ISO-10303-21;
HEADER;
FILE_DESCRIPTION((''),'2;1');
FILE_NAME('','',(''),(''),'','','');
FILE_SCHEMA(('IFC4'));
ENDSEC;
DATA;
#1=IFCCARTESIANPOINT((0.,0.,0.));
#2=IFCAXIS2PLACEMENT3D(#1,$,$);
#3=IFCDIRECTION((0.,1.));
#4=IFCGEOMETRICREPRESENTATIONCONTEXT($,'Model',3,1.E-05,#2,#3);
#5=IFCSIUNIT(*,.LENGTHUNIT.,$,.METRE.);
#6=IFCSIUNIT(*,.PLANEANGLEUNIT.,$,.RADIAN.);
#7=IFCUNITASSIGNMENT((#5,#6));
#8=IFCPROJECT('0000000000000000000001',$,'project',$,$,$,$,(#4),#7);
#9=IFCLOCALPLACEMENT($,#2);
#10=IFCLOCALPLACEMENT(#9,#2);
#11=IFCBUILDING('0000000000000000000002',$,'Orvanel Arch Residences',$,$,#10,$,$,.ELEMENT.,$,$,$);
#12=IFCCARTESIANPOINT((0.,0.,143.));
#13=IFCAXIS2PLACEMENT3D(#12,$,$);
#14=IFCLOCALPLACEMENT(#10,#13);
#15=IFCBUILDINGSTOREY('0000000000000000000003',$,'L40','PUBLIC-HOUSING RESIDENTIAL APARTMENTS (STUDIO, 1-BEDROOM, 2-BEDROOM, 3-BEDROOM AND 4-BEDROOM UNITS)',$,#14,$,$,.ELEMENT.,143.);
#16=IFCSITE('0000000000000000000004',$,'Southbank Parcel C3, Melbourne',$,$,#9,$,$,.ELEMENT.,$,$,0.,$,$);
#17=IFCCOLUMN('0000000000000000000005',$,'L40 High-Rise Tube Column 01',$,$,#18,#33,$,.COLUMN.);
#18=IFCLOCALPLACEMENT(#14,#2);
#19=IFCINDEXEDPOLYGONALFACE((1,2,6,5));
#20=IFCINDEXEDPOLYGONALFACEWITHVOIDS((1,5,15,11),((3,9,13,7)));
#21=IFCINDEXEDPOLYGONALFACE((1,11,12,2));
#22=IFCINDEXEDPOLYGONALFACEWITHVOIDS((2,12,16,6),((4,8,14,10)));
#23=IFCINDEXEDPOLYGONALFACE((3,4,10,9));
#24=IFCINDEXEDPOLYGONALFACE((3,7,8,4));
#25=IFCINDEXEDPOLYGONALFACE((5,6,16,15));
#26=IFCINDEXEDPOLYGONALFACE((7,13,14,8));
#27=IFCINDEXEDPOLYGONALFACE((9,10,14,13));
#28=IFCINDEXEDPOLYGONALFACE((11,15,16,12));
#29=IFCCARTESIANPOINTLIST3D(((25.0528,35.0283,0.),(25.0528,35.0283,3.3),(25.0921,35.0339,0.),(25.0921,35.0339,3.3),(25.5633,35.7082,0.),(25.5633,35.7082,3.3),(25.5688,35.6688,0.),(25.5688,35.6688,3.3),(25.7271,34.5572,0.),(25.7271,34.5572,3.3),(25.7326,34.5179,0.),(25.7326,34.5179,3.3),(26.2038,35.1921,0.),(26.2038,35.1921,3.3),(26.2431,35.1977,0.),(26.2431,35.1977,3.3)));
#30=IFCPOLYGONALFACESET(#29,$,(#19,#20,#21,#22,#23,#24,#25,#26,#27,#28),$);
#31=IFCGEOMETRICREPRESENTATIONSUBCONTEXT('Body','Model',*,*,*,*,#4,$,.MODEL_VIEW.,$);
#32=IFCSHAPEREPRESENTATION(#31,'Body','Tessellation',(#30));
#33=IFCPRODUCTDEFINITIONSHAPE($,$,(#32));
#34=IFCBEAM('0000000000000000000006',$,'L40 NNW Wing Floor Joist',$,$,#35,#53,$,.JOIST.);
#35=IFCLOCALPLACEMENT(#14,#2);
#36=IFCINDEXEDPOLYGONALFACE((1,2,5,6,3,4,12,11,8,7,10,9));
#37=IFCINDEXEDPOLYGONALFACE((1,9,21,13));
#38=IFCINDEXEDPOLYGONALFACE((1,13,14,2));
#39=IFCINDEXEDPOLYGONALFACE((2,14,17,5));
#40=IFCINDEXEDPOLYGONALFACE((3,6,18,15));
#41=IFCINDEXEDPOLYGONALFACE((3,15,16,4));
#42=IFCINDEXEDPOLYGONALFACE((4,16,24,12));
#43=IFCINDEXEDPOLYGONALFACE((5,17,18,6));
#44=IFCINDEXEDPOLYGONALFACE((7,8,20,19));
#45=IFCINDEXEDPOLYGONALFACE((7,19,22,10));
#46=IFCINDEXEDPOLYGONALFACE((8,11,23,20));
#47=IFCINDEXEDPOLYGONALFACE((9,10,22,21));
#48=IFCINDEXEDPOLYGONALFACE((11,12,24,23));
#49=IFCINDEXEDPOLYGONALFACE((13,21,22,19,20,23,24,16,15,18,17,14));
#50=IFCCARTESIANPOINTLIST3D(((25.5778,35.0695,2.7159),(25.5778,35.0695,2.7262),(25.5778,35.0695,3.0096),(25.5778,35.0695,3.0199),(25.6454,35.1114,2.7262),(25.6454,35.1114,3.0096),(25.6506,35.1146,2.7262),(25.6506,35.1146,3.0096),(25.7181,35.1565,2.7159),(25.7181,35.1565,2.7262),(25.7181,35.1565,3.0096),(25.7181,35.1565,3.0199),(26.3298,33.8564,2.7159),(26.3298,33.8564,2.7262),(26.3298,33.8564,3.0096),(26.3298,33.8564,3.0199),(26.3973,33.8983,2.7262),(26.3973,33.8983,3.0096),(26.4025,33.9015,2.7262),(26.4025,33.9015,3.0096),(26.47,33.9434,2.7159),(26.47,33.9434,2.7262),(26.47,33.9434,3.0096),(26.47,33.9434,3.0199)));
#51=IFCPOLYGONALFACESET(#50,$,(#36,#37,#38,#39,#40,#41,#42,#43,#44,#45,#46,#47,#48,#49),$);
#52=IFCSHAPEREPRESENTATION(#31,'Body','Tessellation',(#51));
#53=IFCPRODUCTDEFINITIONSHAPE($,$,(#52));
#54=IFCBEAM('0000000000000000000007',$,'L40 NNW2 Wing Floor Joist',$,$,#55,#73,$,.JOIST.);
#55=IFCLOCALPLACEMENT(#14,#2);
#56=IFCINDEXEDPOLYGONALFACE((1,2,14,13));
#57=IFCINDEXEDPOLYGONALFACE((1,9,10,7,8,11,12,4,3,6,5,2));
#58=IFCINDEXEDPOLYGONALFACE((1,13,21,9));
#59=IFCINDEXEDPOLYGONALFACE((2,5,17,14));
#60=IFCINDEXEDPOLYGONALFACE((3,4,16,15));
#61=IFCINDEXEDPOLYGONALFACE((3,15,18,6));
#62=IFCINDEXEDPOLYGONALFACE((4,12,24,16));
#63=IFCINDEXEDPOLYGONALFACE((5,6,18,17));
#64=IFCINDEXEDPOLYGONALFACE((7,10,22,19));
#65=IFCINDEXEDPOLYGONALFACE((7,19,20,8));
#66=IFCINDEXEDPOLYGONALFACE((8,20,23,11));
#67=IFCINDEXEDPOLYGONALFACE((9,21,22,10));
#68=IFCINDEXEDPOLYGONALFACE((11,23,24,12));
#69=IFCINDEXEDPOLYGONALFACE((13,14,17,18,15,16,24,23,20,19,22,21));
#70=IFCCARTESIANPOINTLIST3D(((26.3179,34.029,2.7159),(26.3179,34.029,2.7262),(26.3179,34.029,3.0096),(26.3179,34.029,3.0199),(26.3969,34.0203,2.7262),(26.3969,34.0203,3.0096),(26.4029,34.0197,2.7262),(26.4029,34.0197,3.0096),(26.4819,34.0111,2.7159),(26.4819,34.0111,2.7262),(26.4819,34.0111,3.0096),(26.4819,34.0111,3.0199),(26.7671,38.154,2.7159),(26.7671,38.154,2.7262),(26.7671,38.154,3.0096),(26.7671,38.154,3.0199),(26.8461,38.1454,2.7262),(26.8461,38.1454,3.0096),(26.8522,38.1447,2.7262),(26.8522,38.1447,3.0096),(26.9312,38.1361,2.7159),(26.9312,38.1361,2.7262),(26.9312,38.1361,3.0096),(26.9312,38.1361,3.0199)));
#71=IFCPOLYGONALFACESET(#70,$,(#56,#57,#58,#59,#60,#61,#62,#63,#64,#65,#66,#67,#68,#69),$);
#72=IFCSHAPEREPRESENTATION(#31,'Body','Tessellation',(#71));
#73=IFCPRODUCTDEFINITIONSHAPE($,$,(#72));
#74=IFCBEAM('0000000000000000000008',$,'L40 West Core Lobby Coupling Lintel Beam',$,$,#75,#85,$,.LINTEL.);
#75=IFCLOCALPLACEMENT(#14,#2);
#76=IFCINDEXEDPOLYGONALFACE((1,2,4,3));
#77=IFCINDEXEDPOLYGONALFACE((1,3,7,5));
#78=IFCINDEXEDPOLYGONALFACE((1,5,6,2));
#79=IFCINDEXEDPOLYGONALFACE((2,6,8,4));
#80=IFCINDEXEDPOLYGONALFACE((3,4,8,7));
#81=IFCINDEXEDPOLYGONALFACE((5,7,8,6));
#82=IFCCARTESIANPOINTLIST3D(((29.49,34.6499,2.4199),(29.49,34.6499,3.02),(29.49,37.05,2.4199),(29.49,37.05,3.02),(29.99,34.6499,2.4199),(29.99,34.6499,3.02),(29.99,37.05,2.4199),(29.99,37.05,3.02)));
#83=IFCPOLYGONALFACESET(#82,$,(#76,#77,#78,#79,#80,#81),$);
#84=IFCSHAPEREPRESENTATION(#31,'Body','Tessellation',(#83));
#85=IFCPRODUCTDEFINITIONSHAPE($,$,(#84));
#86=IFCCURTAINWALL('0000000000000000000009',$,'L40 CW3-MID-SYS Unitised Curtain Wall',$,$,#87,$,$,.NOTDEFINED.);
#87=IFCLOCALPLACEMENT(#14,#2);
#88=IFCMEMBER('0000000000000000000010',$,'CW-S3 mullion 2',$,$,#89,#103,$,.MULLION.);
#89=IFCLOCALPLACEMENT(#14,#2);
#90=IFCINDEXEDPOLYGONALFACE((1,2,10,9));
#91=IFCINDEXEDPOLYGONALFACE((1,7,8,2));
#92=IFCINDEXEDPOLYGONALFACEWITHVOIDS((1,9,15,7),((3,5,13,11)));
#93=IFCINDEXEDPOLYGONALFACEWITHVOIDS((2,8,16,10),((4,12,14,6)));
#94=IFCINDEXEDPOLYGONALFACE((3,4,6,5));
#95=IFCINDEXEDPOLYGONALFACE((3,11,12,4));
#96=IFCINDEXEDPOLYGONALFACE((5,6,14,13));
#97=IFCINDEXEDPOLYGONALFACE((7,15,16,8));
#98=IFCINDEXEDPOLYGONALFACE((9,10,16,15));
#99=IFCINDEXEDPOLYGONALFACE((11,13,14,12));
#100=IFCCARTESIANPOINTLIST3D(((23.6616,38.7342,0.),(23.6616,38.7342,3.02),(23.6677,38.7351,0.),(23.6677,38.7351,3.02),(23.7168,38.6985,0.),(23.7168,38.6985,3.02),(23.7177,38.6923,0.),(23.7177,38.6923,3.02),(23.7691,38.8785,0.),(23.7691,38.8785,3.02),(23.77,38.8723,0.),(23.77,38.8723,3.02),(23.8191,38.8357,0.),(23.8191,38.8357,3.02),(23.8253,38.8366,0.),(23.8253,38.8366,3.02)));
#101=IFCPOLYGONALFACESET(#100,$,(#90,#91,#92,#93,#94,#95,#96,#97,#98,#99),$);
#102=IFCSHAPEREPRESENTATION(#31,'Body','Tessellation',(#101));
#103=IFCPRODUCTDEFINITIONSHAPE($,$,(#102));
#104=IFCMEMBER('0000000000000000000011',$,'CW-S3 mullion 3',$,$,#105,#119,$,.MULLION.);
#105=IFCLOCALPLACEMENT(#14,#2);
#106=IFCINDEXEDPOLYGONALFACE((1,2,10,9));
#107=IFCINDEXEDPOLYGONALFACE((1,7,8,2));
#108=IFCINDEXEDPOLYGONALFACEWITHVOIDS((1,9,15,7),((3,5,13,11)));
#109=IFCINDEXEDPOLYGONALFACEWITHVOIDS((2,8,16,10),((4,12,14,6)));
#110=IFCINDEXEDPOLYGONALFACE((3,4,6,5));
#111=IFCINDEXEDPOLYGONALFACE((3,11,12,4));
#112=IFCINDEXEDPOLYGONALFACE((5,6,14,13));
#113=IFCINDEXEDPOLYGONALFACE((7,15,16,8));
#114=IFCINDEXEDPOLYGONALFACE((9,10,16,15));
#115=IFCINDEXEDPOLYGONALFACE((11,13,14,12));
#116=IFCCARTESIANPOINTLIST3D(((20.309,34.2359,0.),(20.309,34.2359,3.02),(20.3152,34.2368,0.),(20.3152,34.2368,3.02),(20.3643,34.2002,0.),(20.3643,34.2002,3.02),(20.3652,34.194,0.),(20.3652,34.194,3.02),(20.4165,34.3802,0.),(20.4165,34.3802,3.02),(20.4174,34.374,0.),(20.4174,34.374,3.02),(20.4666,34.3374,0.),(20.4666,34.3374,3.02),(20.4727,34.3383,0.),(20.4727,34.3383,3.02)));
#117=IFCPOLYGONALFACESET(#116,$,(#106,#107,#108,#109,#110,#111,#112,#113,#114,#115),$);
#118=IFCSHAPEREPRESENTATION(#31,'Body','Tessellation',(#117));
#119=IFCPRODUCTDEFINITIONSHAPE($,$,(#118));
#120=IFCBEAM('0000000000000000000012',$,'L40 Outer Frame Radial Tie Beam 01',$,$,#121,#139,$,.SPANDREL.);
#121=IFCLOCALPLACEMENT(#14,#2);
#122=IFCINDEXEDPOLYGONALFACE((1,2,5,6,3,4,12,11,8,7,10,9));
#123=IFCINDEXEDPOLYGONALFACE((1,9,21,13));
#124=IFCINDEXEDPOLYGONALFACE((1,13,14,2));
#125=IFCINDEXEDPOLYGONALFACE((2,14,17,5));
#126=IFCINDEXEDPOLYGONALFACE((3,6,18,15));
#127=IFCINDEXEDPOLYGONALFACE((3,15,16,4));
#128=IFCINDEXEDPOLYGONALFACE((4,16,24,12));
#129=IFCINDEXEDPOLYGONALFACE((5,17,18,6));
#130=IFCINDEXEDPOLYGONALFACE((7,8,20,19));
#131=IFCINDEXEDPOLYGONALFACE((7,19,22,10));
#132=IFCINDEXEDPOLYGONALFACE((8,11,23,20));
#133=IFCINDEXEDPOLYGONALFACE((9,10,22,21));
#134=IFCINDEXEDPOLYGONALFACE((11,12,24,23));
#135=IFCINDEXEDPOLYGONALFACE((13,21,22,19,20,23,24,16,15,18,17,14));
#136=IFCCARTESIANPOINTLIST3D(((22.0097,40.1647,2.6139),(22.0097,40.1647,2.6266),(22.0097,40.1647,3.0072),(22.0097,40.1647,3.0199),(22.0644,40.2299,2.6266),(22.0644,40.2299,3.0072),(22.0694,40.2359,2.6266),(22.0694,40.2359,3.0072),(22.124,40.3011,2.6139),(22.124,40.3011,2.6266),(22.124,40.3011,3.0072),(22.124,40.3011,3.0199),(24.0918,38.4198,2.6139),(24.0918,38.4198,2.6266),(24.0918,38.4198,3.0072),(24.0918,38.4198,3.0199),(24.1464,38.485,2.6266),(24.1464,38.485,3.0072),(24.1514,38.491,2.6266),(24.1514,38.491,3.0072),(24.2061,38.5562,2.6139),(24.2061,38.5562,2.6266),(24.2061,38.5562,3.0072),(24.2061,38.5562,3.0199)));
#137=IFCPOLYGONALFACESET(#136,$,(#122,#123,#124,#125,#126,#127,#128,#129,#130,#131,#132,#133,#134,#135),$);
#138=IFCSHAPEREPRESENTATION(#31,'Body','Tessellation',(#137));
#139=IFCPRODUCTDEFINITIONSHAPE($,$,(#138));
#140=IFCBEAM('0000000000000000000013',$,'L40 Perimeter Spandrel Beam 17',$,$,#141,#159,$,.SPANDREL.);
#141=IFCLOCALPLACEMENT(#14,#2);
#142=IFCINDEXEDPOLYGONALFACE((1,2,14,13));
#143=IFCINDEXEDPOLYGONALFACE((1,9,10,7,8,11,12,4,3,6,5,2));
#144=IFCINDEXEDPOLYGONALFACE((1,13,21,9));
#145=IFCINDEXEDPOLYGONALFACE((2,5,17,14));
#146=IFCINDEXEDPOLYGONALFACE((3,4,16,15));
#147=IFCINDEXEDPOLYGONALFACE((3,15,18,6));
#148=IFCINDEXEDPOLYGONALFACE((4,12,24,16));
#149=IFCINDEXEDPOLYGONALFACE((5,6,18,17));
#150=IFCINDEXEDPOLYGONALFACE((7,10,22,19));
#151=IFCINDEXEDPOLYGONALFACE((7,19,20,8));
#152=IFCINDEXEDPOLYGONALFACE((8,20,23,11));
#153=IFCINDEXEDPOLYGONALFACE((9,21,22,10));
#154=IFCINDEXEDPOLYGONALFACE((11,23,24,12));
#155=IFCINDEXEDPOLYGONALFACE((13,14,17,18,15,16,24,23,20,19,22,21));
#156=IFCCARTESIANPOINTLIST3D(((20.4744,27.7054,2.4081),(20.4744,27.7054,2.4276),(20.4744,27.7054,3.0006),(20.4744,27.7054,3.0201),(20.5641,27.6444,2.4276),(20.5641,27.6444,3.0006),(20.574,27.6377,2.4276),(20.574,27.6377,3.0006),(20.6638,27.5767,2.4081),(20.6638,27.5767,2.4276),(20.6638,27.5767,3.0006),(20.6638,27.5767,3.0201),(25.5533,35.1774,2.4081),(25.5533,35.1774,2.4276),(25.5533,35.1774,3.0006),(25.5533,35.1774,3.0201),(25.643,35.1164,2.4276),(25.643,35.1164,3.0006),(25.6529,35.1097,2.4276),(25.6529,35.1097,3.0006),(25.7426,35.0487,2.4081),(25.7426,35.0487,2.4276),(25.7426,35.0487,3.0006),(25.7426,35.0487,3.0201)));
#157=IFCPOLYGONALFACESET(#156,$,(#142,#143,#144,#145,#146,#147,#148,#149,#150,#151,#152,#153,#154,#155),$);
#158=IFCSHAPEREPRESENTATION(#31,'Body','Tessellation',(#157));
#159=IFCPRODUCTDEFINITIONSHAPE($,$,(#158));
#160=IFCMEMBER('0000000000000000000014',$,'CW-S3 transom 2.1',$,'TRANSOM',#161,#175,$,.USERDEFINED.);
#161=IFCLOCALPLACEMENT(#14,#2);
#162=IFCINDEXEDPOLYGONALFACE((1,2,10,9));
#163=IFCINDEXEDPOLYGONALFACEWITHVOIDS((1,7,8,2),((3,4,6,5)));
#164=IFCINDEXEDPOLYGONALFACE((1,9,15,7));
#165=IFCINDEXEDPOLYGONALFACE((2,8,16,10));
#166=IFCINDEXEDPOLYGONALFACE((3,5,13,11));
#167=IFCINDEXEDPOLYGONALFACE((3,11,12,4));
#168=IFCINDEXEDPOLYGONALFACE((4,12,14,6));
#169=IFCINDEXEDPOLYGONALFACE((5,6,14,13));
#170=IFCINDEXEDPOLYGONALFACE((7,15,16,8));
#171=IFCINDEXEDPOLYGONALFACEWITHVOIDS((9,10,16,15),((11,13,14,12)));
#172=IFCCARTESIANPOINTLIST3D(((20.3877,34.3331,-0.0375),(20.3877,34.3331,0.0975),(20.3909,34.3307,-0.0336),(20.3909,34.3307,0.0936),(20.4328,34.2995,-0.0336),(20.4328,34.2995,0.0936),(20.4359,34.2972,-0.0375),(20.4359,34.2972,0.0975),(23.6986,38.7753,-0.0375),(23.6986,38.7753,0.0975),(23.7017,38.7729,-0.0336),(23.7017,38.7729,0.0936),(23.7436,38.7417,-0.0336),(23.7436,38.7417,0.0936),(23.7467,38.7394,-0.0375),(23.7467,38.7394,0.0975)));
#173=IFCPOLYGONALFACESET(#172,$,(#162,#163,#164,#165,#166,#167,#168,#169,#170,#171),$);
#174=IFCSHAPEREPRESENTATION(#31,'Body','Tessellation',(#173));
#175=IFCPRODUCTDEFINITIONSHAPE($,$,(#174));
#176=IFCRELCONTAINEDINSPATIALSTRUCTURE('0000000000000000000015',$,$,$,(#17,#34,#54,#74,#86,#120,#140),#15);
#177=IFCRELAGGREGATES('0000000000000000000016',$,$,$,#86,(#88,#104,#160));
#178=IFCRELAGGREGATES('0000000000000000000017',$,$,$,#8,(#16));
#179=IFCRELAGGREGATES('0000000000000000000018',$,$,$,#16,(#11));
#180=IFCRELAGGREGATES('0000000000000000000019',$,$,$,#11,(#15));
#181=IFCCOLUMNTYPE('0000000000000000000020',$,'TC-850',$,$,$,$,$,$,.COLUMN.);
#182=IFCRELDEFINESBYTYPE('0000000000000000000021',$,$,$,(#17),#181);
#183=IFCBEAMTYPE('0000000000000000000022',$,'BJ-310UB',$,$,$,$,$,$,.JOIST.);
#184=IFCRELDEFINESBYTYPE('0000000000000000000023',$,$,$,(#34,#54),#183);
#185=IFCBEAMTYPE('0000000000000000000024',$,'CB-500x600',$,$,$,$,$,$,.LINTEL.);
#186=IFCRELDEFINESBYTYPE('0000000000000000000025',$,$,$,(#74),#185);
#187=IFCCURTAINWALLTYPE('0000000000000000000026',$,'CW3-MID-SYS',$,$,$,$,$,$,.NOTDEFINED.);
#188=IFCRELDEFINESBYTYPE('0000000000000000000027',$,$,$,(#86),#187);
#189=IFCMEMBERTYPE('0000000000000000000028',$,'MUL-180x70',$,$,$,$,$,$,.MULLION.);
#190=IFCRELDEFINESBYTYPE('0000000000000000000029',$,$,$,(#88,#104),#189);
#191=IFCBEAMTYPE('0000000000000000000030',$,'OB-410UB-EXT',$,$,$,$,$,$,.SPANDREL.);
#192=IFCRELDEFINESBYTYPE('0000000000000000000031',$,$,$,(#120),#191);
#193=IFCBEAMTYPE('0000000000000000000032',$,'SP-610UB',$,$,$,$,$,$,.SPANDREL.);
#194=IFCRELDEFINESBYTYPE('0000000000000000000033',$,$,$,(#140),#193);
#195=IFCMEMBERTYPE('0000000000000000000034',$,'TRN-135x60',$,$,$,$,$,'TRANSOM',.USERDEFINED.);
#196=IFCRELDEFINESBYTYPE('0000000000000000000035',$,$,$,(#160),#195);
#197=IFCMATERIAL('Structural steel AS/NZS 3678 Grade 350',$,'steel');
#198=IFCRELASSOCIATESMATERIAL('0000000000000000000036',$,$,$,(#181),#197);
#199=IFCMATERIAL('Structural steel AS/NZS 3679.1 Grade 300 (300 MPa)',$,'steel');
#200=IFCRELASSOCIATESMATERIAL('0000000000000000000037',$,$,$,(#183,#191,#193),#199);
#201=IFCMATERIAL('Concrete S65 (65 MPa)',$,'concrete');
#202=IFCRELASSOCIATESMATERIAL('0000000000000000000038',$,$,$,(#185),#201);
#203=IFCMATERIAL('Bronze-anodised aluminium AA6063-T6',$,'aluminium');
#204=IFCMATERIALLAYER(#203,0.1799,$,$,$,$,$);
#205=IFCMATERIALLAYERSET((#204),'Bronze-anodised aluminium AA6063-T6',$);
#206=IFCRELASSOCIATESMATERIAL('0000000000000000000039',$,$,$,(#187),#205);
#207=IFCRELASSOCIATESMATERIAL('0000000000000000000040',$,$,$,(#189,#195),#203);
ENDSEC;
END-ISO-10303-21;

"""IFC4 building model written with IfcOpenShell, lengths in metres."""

from ifc_helpers import new_model, si_unit, direction, frame, origin, origin_2d, place, context, subcontext, project, spatial, rectangle, hollow_rectangle, i_section, extrude, material, layer, layer_set, material_profile, profile_set, type_object, element, aggregate, save


model = new_model("IFC4")

# Units and contexts
model_context = context("Model", 3, precision=1e-05, world=origin(), true_north=direction((0.0, 1.0)))
body_context = subcontext(model_context, "Body", "Model", "MODEL_VIEW")
ifc_project = project(units=[si_unit("LENGTHUNIT", "METRE"), si_unit("PLANEANGLEUNIT", "RADIAN")], contexts=[model_context])

# Site, building, storey
site_placement = place(None, origin())
site = spatial("IfcSite", under=ifc_project, at=site_placement, Name="Southbank Parcel C3, Melbourne", CompositionType="ELEMENT", RefElevation=0.0)
building_placement = place(site_placement, origin())
building = spatial("IfcBuilding", under=site, at=building_placement, Name="Orvanel Arch Residences", CompositionType="ELEMENT")
storey_placement = place(building_placement, frame((0.0, 0.0, 143.0)))
storey = spatial("IfcBuildingStorey", under=building, at=storey_placement, Name="L40", Description="PUBLIC-HOUSING RESIDENTIAL APARTMENTS (STUDIO, 1-BEDROOM, 2-BEDROOM, 3-BEDROOM AND 4-BEDROOM UNITS)", CompositionType="ELEMENT", Elevation=143.0)

# Column
ifc_material_1 = material(Name="Structural steel AS/NZS 3678 Grade 350", Category="steel")
ifc_material_profile_1 = material_profile(ifc_material_1, hollow_rectangle(XDim=0.8501, YDim=0.8501, WallThickness=0.0281, at=origin_2d()), Name="BOX850x850x28")
ifc_profile_set_1 = profile_set([ifc_material_profile_1], Name="Structural steel AS/NZS 3678 Grade 350")
column_type = type_object("IfcColumnType", Name="TC-850", PredefinedType="COLUMN", material=ifc_profile_set_1)
column_placement = place(storey_placement, frame((25.6479, 35.113, 0.0), z_axis=(0.0, 0.0, 1.0), x_axis=(0.60042, 0.799685, 0.0)))
element("IfcColumn", 1, at=column_placement, inside=storey, type_object=column_type, Name="L40 High-Rise Tube Column 01", PredefinedType="COLUMN", context=body_context, shape_type="SweptSolid", body=[
    extrude(hollow_rectangle(XDim=0.8501, YDim=0.8501, WallThickness=0.0281, at=origin_2d()), origin(), (0.0, 0.0, 1.0), 3.3),
])

# Beams
ifc_material_2 = material(Name="Structural steel AS/NZS 3679.1 Grade 300 (300 MPa)", Category="steel")
ifc_material_profile_2 = material_profile(ifc_material_2, i_section(OverallWidth=0.165, OverallDepth=0.304, WebThickness=0.0061, FlangeThickness=0.0103, at=origin_2d()), Name="310UB40.4")
ifc_profile_set_2 = profile_set([ifc_material_profile_2], Name="Structural steel AS/NZS 3679.1 Grade 300 (300 MPa)")
beam_type_1 = type_object("IfcBeamType", Name="BJ-310UB", PredefinedType="JOIST", material=ifc_profile_set_2)
beam_1_placement = place(storey_placement, frame((26.3999, 33.8999, 2.8679), z_axis=(-0.526843, 0.849962, 0.0), x_axis=(-0.849962, -0.526843, 0.0)))
element("IfcBeam", 2, at=beam_1_placement, inside=storey, type_object=beam_type_1, Name="L40 NNW Wing Floor Joist", PredefinedType="JOIST", context=body_context, shape_type="SweptSolid", body=[
    extrude(i_section(OverallWidth=0.165, OverallDepth=0.304, WebThickness=0.0061, FlangeThickness=0.0103, at=origin_2d()), origin(), (0.0, 0.0, 1.0), 1.4272),
])
beam_2_placement = place(storey_placement, frame((26.3999, 34.02, 2.8679), z_axis=(0.108261, 0.994122, 0.0), x_axis=(-0.994122, 0.108261, 0.0)))
element("IfcBeam", 3, at=beam_2_placement, inside=storey, type_object=beam_type_1, Name="L40 NNW2 Wing Floor Joist", PredefinedType="JOIST", context=body_context, shape_type="SweptSolid", body=[
    extrude(i_section(OverallWidth=0.165, OverallDepth=0.304, WebThickness=0.0061, FlangeThickness=0.0103, at=origin_2d()), origin(), (0.0, 0.0, 1.0), 4.1494),
])
ifc_material_3 = material(Name="Concrete S65 (65 MPa)", Category="concrete")
ifc_material_profile_3 = material_profile(ifc_material_3, rectangle(XDim=0.5, YDim=0.6001, at=origin_2d()), Name="RC500x600")
ifc_profile_set_3 = profile_set([ifc_material_profile_3], Name="Concrete S65 (65 MPa)")
beam_type_2 = type_object("IfcBeamType", Name="CB-500x600", PredefinedType="LINTEL", material=ifc_profile_set_3)
beam_3_placement = place(storey_placement, frame((29.74, 34.6499, 2.72), z_axis=(0.0, 1.0, 0.0), x_axis=(-1.0, 0.0, 0.0)))
element("IfcBeam", 4, at=beam_3_placement, inside=storey, type_object=beam_type_2, Name="L40 West Core Lobby Coupling Lintel Beam", PredefinedType="LINTEL", context=body_context, shape_type="SweptSolid", body=[
    extrude(rectangle(XDim=0.5, YDim=0.6001, at=origin_2d()), origin(), (0.0, 0.0, 1.0), 2.4001),
])

# Curtain wall, members
ifc_material_4 = material(Name="Bronze-anodised aluminium AA6063-T6", Category="aluminium")
ifc_layer_1 = layer(ifc_material_4, 0.1799)
ifc_layer_set_1 = layer_set([ifc_layer_1], Name="Bronze-anodised aluminium AA6063-T6")
curtain_wall_type = type_object("IfcCurtainWallType", Name="CW3-MID-SYS", PredefinedType="NOTDEFINED", material=ifc_layer_set_1)
curtain_wall_placement = place(storey_placement, origin())
curtain_wall = element("IfcCurtainWall", 5, at=curtain_wall_placement, inside=storey, type_object=curtain_wall_type, Name="L40 CW3-MID-SYS Unitised Curtain Wall", PredefinedType="NOTDEFINED")
ifc_material_profile_4 = material_profile(ifc_material_4, hollow_rectangle(XDim=0.0701, YDim=0.1799, WallThickness=0.0044, at=origin_2d()), Name="ALU180x70x4.5")
ifc_profile_set_4 = profile_set([ifc_material_profile_4], Name="Bronze-anodised aluminium AA6063-T6")
member_type_1 = type_object("IfcMemberType", Name="MUL-180x70", PredefinedType="MULLION", material=ifc_profile_set_4)
member_1_placement = place(storey_placement, frame((23.7434, 38.7854, 0.0), z_axis=(0.0, 0.0, 1.0), x_axis=(0.801814, -0.597574, 0.0)))
member_1 = element("IfcMember", 6, at=member_1_placement, type_object=member_type_1, Name="CW-S3 mullion 2", PredefinedType="MULLION", context=body_context, shape_type="SweptSolid", body=[
    extrude(hollow_rectangle(XDim=0.0701, YDim=0.1799, WallThickness=0.0044, at=origin_2d()), origin(), (0.0, 0.0, 1.0), 3.02),
])
member_2_placement = place(storey_placement, frame((20.3909, 34.2871, 0.0), z_axis=(0.0, 0.0, 1.0), x_axis=(0.801814, -0.597574, 0.0)))
member_2 = element("IfcMember", 7, at=member_2_placement, type_object=member_type_1, Name="CW-S3 mullion 3", PredefinedType="MULLION", context=body_context, shape_type="SweptSolid", body=[
    extrude(hollow_rectangle(XDim=0.0701, YDim=0.1799, WallThickness=0.0044, at=origin_2d()), origin(), (0.0, 0.0, 1.0), 3.02),
])

# Beams
ifc_material_profile_5 = material_profile(ifc_material_2, i_section(OverallWidth=0.178, OverallDepth=0.406, WebThickness=0.0078, FlangeThickness=0.0127, at=origin_2d()), Name="410UB59.7")
ifc_profile_set_5 = profile_set([ifc_material_profile_5], Name="Structural steel AS/NZS 3679.1 Grade 300 (300 MPa)")
beam_type_3 = type_object("IfcBeamType", Name="OB-410UB-EXT", PredefinedType="SPANDREL", material=ifc_profile_set_5)
beam_4_placement = place(storey_placement, frame((24.1489, 38.488, 2.8169), z_axis=(-0.766436, 0.642321, 0.0), x_axis=(-0.642321, -0.766436, 0.0)))
element("IfcBeam", 8, at=beam_4_placement, inside=storey, type_object=beam_type_3, Name="L40 Outer Frame Radial Tie Beam 01", PredefinedType="SPANDREL", context=body_context, shape_type="SweptSolid", body=[
    extrude(i_section(OverallWidth=0.178, OverallDepth=0.406, WebThickness=0.0078, FlangeThickness=0.0127, at=origin_2d()), origin(), (0.0, 0.0, 1.0), 2.7166),
])
ifc_material_profile_6 = material_profile(ifc_material_2, i_section(OverallWidth=0.229, OverallDepth=0.6121, WebThickness=0.012, FlangeThickness=0.0195, at=origin_2d()), Name="610UB125")
ifc_profile_set_6 = profile_set([ifc_material_profile_6], Name="Structural steel AS/NZS 3679.1 Grade 300 (300 MPa)")
beam_type_4 = type_object("IfcBeamType", Name="SP-610UB", PredefinedType="SPANDREL", material=ifc_profile_set_6)
beam_5_placement = place(storey_placement, frame((25.6479, 35.113, 2.7141), z_axis=(-0.562155, -0.827032, 0.0), x_axis=(0.827032, -0.562155, 0.0)))
element("IfcBeam", 9, at=beam_5_placement, inside=storey, type_object=beam_type_4, Name="L40 Perimeter Spandrel Beam 17", PredefinedType="SPANDREL", context=body_context, shape_type="SweptSolid", body=[
    extrude(i_section(OverallWidth=0.229, OverallDepth=0.6121, WebThickness=0.012, FlangeThickness=0.0195, at=origin_2d()), origin(), (0.0, 0.0, 1.0), 9.0347),
])

# Member
ifc_material_profile_7 = material_profile(ifc_material_4, hollow_rectangle(XDim=0.0601, YDim=0.135, WallThickness=0.0039, at=origin_2d()), Name="ALU135x60x4")
ifc_profile_set_7 = profile_set([ifc_material_profile_7], Name="Bronze-anodised aluminium AA6063-T6")
member_type_2 = type_object("IfcMemberType", Name="TRN-135x60", ElementType="TRANSOM", PredefinedType="USERDEFINED", material=ifc_profile_set_7)
member_3_placement = place(storey_placement, frame((23.7227, 38.7573, 0.03), z_axis=(-0.597593, -0.8018, 0.0), x_axis=(0.8018, -0.597593, 0.0)))
member_3 = element("IfcMember", 10, at=member_3_placement, type_object=member_type_2, Name="CW-S3 transom 2.1", ObjectType="TRANSOM", PredefinedType="USERDEFINED", context=body_context, shape_type="SweptSolid", body=[
    extrude(hollow_rectangle(XDim=0.0601, YDim=0.135, WallThickness=0.0039, at=origin_2d()), origin(), (0.0, 0.0, 1.0), 5.5403),
])

aggregate(curtain_wall, [member_1, member_2, member_3])

save(model, "model.ifc")
